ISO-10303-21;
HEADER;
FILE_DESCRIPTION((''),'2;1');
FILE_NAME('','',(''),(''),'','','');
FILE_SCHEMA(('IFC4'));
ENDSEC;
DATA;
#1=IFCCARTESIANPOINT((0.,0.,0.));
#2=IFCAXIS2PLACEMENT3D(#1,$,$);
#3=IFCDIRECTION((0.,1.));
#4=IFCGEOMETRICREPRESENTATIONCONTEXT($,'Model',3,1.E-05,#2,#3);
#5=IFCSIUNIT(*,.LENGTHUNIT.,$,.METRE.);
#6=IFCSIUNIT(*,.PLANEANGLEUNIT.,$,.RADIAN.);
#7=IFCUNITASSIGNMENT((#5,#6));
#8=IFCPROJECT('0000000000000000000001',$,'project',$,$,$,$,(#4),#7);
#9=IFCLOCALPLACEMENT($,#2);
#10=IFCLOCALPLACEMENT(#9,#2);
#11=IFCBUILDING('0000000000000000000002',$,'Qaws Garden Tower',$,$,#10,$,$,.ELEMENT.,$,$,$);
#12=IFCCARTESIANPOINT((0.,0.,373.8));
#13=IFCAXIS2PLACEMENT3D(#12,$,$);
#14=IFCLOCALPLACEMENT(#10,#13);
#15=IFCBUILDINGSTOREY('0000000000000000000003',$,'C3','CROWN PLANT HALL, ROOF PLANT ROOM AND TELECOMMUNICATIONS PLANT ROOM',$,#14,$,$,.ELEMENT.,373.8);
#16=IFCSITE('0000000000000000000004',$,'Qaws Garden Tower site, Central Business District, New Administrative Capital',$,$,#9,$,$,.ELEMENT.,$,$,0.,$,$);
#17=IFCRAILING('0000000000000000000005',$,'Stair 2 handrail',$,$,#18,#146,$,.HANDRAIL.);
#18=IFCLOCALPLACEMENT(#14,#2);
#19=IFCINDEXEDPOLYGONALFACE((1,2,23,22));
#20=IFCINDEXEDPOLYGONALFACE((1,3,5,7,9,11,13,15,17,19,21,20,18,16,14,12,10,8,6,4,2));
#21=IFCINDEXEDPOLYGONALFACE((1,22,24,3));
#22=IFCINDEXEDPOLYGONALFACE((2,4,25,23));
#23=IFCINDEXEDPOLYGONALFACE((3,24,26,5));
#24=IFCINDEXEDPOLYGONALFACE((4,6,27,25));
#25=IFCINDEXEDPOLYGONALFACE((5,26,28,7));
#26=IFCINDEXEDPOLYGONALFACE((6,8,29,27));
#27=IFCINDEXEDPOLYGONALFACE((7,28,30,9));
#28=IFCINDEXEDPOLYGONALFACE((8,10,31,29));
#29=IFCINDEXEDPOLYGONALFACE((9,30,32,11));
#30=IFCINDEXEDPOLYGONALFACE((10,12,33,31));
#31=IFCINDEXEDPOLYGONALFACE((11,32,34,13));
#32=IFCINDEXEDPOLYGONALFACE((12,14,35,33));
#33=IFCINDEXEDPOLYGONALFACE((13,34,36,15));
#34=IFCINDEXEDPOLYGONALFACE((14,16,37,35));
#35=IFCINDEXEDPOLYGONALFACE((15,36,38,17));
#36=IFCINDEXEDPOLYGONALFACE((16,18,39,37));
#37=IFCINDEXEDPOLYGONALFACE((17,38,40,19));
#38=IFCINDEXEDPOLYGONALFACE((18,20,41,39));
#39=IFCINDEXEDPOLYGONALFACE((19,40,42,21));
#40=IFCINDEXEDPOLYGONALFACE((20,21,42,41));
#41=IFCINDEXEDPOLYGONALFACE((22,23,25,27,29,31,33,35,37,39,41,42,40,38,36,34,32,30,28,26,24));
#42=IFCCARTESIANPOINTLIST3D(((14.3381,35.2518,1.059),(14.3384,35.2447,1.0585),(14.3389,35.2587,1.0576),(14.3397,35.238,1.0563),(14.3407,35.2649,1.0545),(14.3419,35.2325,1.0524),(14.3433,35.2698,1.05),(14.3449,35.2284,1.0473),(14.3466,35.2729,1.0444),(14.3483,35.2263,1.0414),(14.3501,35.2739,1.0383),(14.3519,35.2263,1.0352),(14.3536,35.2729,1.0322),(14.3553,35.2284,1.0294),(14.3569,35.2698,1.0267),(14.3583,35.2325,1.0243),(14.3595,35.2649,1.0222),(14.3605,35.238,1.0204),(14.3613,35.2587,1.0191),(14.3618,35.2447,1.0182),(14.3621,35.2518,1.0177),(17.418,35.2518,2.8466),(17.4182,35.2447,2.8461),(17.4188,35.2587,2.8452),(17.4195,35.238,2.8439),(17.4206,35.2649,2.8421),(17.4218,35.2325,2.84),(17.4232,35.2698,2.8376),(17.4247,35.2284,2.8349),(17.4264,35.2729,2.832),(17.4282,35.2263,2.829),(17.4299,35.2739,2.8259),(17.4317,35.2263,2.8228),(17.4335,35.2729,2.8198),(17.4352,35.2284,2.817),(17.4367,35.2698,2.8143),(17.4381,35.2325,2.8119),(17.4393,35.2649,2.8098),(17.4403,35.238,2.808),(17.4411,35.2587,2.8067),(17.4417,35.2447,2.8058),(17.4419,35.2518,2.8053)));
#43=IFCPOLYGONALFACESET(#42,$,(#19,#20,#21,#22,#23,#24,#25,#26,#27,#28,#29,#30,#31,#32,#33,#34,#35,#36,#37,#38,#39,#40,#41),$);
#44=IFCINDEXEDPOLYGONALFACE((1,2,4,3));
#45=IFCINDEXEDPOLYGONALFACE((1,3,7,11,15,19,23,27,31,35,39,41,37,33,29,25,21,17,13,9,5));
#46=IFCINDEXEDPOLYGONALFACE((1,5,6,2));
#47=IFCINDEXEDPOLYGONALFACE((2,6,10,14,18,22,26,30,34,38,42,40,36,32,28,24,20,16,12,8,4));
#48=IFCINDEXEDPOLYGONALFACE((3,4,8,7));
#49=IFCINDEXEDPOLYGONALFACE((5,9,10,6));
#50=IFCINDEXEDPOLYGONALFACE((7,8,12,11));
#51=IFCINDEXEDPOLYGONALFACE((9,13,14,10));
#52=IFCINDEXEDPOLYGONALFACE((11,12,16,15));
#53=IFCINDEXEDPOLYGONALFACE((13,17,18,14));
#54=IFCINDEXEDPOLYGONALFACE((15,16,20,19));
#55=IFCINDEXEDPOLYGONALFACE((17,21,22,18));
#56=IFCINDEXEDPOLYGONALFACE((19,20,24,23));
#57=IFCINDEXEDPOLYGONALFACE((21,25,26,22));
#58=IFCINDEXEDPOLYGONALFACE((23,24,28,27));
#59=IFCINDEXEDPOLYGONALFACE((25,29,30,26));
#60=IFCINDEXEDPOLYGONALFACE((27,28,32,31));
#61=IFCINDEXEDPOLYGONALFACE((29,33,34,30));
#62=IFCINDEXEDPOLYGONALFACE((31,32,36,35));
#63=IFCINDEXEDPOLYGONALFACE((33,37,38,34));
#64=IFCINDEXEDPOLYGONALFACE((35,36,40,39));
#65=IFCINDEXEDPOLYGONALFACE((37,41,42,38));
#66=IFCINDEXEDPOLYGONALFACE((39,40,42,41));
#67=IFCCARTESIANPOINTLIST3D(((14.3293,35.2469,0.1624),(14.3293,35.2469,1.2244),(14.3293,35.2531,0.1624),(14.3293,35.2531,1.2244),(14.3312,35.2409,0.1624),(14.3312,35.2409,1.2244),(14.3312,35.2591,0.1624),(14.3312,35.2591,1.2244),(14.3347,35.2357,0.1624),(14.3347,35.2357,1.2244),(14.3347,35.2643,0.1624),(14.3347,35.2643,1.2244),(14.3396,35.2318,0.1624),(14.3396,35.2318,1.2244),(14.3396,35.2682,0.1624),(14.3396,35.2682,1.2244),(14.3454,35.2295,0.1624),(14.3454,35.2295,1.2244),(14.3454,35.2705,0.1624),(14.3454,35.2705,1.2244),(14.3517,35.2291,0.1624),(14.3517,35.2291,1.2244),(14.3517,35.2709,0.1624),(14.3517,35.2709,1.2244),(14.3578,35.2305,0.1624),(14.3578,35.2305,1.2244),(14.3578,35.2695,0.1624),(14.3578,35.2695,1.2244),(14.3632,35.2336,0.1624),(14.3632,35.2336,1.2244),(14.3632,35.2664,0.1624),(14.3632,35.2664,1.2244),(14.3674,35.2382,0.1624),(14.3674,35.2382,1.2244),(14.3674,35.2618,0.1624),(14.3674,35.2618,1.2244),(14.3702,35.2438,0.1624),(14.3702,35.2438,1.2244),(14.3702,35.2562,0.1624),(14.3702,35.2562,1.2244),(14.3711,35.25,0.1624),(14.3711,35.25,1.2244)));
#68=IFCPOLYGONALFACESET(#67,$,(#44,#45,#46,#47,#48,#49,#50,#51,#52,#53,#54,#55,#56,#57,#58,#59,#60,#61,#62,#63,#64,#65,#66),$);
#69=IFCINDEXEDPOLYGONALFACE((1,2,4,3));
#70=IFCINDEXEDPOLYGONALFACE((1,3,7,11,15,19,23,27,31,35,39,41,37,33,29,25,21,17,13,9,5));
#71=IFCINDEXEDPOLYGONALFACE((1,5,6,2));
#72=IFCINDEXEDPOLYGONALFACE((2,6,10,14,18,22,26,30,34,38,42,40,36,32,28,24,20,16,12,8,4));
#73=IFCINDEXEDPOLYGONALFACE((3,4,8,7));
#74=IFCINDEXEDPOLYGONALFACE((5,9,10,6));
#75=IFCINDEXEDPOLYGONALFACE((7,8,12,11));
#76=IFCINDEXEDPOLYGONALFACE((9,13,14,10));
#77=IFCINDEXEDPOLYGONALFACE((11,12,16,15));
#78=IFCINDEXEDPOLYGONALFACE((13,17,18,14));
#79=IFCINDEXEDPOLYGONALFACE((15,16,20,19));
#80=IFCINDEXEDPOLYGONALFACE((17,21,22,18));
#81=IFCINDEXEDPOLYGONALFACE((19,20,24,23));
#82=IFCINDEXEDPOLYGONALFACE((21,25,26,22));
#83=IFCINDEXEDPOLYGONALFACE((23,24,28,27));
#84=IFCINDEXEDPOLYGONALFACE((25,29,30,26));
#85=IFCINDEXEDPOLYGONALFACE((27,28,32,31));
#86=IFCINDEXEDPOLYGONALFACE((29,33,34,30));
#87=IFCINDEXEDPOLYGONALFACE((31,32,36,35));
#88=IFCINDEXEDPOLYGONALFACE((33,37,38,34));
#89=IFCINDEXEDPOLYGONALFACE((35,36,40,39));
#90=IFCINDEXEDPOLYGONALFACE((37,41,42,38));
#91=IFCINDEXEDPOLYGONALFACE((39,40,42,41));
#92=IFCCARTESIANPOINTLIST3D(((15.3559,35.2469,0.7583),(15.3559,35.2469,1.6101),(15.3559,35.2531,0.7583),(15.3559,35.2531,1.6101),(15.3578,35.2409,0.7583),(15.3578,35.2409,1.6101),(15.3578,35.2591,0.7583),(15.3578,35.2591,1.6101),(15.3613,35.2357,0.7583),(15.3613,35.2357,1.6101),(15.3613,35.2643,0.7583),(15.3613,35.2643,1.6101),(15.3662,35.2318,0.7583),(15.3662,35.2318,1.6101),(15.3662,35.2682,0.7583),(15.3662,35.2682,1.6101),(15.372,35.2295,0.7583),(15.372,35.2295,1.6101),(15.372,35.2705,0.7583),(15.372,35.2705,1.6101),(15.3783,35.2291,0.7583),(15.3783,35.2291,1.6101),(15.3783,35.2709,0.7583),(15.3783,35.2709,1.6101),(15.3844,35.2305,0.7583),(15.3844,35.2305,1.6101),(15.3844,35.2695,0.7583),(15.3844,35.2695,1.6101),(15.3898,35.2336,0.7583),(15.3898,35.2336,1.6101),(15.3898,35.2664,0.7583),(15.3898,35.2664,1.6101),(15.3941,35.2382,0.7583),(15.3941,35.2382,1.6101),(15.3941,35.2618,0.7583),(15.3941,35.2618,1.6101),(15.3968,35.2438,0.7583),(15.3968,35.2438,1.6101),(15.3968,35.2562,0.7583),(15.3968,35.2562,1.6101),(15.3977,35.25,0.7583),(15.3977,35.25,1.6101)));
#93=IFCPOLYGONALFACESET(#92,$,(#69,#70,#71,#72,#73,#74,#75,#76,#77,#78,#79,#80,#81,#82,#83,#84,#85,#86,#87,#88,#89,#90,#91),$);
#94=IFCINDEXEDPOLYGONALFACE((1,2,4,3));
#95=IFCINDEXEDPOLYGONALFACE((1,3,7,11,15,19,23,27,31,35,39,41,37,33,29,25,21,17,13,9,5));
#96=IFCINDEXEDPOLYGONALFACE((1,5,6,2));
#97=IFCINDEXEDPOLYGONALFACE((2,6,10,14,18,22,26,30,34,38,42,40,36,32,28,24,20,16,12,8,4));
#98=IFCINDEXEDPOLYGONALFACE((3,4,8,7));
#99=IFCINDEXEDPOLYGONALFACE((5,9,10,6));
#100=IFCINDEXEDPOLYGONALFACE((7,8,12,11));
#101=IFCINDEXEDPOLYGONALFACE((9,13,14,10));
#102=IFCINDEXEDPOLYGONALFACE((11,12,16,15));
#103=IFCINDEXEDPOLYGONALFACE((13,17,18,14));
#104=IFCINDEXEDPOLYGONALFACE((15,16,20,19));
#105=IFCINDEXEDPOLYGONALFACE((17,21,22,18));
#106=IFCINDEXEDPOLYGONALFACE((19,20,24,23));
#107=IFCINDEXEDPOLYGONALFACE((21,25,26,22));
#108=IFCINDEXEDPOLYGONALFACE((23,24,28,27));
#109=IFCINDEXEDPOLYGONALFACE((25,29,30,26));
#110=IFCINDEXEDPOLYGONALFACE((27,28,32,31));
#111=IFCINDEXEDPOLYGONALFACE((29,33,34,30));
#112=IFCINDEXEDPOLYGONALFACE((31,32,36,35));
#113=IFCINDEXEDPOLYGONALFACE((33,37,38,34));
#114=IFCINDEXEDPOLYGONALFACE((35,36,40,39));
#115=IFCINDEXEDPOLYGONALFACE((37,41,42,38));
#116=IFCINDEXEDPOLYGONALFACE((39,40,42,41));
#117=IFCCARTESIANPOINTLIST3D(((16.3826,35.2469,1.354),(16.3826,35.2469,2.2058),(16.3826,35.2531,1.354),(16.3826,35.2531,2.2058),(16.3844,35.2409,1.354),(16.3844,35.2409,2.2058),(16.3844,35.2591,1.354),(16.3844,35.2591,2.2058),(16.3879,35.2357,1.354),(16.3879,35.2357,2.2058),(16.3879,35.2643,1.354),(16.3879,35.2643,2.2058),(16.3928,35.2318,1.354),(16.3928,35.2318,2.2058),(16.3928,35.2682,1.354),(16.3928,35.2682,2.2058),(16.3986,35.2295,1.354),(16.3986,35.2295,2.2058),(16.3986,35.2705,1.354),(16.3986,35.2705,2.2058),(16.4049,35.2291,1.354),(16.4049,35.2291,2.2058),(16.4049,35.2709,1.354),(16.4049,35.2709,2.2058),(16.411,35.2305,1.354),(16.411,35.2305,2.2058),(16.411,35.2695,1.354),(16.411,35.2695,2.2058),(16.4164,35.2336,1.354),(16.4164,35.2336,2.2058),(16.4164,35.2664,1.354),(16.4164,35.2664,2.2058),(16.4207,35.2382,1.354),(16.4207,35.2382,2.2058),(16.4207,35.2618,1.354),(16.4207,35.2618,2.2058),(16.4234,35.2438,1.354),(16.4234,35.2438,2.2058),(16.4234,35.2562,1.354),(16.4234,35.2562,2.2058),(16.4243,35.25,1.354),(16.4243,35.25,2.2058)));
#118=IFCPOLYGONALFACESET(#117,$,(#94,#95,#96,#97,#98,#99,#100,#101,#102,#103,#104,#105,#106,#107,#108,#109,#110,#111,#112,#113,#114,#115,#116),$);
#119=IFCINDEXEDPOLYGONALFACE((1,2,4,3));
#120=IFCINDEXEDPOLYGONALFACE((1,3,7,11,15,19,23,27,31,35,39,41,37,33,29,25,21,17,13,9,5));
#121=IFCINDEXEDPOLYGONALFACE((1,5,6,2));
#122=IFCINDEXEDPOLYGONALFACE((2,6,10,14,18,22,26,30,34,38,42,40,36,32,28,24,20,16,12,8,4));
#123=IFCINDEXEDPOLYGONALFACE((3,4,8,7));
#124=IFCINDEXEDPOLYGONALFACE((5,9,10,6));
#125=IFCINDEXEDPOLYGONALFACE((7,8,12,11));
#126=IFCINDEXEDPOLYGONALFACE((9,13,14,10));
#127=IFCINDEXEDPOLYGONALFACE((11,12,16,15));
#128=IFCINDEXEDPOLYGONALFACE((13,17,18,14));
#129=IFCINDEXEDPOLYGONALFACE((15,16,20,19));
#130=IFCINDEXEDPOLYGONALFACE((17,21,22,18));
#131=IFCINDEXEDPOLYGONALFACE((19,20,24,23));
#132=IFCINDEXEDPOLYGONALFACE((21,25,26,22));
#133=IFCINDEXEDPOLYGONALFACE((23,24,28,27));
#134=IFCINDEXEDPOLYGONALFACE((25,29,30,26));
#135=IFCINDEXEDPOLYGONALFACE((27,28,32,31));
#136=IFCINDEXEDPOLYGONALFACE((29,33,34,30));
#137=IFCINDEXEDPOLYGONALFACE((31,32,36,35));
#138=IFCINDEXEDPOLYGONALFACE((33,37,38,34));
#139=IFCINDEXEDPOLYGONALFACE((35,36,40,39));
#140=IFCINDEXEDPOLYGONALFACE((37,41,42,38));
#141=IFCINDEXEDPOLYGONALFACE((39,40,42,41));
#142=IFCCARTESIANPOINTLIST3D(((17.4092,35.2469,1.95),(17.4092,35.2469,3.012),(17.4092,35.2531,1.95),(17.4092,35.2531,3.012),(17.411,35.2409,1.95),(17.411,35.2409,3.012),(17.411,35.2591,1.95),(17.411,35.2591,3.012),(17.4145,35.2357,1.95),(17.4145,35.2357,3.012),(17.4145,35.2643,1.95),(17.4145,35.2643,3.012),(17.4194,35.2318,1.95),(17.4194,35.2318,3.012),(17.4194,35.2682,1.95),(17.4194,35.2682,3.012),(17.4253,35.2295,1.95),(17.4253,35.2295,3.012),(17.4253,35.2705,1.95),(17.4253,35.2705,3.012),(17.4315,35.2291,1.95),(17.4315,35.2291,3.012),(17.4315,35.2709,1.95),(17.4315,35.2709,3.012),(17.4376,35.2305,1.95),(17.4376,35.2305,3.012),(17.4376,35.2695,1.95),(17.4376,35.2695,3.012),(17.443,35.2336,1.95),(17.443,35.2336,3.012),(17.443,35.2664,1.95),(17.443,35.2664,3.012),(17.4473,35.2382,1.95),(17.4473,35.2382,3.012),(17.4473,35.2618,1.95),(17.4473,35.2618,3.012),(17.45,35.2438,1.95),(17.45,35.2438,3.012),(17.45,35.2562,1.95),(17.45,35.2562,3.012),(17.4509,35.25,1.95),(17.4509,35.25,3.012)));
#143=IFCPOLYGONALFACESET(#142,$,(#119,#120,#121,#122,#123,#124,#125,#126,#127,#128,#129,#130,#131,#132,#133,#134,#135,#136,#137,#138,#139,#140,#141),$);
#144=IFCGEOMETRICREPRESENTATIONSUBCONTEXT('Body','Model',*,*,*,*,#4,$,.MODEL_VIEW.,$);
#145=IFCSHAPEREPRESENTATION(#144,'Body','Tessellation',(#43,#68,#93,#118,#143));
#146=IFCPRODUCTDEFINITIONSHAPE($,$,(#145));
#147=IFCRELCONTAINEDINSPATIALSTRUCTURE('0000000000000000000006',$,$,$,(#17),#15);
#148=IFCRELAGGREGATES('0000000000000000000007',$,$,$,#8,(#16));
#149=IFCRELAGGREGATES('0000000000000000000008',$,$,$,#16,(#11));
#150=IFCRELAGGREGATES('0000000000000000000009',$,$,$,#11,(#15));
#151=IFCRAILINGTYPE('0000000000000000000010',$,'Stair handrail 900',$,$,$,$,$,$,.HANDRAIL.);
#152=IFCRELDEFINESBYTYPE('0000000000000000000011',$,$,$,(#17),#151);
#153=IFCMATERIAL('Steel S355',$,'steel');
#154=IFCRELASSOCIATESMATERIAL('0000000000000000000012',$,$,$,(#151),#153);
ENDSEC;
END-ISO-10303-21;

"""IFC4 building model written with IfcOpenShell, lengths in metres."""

from ifc_helpers import new_model, si_unit, direction, frame, origin, origin_2d, place, context, subcontext, project, spatial, circle, extrude, material, type_object, element, save


model = new_model("IFC4")

# Units and contexts
model_context = context("Model", 3, precision=1e-05, world=origin(), true_north=direction((0.0, 1.0)))
body_context = subcontext(model_context, "Body", "Model", "MODEL_VIEW")
ifc_project = project(units=[si_unit("LENGTHUNIT", "METRE"), si_unit("PLANEANGLEUNIT", "RADIAN")], contexts=[model_context])

# Site, building, storey
site_placement = place(None, origin())
site = spatial("IfcSite", under=ifc_project, at=site_placement, Name="Qaws Garden Tower site, Central Business District, New Administrative Capital", CompositionType="ELEMENT", RefElevation=0.0)
building_placement = place(site_placement, origin())
building = spatial("IfcBuilding", under=site, at=building_placement, Name="Qaws Garden Tower", CompositionType="ELEMENT")
storey_placement = place(building_placement, frame((0.0, 0.0, 373.8)))
storey = spatial("IfcBuildingStorey", under=building, at=storey_placement, Name="C3", Description="CROWN PLANT HALL, ROOF PLANT ROOM AND TELECOMMUNICATIONS PLANT ROOM", CompositionType="ELEMENT", Elevation=373.8)

# Railing
ifc_material_1 = material(Name="Steel S355", Category="steel")
railing_type = type_object("IfcRailingType", Name="Stair handrail 900", PredefinedType="HANDRAIL", material=ifc_material_1)
railing_1_placement = place(storey_placement, frame((14.3501, 35.25, 0.1624)))
element("IfcRailing", 1, at=railing_1_placement, inside=storey, type_object=railing_type, Name="Stair 2 handrail", PredefinedType="HANDRAIL", context=body_context, shape_type="SweptSolid", body=[
    extrude(circle(Radius=0.0239, at=origin_2d()), frame((0.0, 0.0, 0.876), z_axis=(0.864873, 0.0, 0.50199), x_axis=(0.0, 1.0, 0.0)), (0.0, 0.0, 1.0), 3.561),
    extrude(circle(Radius=0.021, at=origin_2d()), origin(), (0.0, 0.0, 1.0), 1.062),
    extrude(circle(Radius=0.021, at=origin_2d()), frame((1.0266, 0.0, 0.5959)), (0.0, 0.0, 1.0), 0.8518),
    extrude(circle(Radius=0.021, at=origin_2d()), frame((2.0532, 0.0, 1.1917)), (0.0, 0.0, 1.0), 0.8518),
    extrude(circle(Radius=0.021, at=origin_2d()), frame((3.0798, 0.0, 1.7876)), (0.0, 0.0, 1.0), 1.062),
])

save(model, "model.ifc")
